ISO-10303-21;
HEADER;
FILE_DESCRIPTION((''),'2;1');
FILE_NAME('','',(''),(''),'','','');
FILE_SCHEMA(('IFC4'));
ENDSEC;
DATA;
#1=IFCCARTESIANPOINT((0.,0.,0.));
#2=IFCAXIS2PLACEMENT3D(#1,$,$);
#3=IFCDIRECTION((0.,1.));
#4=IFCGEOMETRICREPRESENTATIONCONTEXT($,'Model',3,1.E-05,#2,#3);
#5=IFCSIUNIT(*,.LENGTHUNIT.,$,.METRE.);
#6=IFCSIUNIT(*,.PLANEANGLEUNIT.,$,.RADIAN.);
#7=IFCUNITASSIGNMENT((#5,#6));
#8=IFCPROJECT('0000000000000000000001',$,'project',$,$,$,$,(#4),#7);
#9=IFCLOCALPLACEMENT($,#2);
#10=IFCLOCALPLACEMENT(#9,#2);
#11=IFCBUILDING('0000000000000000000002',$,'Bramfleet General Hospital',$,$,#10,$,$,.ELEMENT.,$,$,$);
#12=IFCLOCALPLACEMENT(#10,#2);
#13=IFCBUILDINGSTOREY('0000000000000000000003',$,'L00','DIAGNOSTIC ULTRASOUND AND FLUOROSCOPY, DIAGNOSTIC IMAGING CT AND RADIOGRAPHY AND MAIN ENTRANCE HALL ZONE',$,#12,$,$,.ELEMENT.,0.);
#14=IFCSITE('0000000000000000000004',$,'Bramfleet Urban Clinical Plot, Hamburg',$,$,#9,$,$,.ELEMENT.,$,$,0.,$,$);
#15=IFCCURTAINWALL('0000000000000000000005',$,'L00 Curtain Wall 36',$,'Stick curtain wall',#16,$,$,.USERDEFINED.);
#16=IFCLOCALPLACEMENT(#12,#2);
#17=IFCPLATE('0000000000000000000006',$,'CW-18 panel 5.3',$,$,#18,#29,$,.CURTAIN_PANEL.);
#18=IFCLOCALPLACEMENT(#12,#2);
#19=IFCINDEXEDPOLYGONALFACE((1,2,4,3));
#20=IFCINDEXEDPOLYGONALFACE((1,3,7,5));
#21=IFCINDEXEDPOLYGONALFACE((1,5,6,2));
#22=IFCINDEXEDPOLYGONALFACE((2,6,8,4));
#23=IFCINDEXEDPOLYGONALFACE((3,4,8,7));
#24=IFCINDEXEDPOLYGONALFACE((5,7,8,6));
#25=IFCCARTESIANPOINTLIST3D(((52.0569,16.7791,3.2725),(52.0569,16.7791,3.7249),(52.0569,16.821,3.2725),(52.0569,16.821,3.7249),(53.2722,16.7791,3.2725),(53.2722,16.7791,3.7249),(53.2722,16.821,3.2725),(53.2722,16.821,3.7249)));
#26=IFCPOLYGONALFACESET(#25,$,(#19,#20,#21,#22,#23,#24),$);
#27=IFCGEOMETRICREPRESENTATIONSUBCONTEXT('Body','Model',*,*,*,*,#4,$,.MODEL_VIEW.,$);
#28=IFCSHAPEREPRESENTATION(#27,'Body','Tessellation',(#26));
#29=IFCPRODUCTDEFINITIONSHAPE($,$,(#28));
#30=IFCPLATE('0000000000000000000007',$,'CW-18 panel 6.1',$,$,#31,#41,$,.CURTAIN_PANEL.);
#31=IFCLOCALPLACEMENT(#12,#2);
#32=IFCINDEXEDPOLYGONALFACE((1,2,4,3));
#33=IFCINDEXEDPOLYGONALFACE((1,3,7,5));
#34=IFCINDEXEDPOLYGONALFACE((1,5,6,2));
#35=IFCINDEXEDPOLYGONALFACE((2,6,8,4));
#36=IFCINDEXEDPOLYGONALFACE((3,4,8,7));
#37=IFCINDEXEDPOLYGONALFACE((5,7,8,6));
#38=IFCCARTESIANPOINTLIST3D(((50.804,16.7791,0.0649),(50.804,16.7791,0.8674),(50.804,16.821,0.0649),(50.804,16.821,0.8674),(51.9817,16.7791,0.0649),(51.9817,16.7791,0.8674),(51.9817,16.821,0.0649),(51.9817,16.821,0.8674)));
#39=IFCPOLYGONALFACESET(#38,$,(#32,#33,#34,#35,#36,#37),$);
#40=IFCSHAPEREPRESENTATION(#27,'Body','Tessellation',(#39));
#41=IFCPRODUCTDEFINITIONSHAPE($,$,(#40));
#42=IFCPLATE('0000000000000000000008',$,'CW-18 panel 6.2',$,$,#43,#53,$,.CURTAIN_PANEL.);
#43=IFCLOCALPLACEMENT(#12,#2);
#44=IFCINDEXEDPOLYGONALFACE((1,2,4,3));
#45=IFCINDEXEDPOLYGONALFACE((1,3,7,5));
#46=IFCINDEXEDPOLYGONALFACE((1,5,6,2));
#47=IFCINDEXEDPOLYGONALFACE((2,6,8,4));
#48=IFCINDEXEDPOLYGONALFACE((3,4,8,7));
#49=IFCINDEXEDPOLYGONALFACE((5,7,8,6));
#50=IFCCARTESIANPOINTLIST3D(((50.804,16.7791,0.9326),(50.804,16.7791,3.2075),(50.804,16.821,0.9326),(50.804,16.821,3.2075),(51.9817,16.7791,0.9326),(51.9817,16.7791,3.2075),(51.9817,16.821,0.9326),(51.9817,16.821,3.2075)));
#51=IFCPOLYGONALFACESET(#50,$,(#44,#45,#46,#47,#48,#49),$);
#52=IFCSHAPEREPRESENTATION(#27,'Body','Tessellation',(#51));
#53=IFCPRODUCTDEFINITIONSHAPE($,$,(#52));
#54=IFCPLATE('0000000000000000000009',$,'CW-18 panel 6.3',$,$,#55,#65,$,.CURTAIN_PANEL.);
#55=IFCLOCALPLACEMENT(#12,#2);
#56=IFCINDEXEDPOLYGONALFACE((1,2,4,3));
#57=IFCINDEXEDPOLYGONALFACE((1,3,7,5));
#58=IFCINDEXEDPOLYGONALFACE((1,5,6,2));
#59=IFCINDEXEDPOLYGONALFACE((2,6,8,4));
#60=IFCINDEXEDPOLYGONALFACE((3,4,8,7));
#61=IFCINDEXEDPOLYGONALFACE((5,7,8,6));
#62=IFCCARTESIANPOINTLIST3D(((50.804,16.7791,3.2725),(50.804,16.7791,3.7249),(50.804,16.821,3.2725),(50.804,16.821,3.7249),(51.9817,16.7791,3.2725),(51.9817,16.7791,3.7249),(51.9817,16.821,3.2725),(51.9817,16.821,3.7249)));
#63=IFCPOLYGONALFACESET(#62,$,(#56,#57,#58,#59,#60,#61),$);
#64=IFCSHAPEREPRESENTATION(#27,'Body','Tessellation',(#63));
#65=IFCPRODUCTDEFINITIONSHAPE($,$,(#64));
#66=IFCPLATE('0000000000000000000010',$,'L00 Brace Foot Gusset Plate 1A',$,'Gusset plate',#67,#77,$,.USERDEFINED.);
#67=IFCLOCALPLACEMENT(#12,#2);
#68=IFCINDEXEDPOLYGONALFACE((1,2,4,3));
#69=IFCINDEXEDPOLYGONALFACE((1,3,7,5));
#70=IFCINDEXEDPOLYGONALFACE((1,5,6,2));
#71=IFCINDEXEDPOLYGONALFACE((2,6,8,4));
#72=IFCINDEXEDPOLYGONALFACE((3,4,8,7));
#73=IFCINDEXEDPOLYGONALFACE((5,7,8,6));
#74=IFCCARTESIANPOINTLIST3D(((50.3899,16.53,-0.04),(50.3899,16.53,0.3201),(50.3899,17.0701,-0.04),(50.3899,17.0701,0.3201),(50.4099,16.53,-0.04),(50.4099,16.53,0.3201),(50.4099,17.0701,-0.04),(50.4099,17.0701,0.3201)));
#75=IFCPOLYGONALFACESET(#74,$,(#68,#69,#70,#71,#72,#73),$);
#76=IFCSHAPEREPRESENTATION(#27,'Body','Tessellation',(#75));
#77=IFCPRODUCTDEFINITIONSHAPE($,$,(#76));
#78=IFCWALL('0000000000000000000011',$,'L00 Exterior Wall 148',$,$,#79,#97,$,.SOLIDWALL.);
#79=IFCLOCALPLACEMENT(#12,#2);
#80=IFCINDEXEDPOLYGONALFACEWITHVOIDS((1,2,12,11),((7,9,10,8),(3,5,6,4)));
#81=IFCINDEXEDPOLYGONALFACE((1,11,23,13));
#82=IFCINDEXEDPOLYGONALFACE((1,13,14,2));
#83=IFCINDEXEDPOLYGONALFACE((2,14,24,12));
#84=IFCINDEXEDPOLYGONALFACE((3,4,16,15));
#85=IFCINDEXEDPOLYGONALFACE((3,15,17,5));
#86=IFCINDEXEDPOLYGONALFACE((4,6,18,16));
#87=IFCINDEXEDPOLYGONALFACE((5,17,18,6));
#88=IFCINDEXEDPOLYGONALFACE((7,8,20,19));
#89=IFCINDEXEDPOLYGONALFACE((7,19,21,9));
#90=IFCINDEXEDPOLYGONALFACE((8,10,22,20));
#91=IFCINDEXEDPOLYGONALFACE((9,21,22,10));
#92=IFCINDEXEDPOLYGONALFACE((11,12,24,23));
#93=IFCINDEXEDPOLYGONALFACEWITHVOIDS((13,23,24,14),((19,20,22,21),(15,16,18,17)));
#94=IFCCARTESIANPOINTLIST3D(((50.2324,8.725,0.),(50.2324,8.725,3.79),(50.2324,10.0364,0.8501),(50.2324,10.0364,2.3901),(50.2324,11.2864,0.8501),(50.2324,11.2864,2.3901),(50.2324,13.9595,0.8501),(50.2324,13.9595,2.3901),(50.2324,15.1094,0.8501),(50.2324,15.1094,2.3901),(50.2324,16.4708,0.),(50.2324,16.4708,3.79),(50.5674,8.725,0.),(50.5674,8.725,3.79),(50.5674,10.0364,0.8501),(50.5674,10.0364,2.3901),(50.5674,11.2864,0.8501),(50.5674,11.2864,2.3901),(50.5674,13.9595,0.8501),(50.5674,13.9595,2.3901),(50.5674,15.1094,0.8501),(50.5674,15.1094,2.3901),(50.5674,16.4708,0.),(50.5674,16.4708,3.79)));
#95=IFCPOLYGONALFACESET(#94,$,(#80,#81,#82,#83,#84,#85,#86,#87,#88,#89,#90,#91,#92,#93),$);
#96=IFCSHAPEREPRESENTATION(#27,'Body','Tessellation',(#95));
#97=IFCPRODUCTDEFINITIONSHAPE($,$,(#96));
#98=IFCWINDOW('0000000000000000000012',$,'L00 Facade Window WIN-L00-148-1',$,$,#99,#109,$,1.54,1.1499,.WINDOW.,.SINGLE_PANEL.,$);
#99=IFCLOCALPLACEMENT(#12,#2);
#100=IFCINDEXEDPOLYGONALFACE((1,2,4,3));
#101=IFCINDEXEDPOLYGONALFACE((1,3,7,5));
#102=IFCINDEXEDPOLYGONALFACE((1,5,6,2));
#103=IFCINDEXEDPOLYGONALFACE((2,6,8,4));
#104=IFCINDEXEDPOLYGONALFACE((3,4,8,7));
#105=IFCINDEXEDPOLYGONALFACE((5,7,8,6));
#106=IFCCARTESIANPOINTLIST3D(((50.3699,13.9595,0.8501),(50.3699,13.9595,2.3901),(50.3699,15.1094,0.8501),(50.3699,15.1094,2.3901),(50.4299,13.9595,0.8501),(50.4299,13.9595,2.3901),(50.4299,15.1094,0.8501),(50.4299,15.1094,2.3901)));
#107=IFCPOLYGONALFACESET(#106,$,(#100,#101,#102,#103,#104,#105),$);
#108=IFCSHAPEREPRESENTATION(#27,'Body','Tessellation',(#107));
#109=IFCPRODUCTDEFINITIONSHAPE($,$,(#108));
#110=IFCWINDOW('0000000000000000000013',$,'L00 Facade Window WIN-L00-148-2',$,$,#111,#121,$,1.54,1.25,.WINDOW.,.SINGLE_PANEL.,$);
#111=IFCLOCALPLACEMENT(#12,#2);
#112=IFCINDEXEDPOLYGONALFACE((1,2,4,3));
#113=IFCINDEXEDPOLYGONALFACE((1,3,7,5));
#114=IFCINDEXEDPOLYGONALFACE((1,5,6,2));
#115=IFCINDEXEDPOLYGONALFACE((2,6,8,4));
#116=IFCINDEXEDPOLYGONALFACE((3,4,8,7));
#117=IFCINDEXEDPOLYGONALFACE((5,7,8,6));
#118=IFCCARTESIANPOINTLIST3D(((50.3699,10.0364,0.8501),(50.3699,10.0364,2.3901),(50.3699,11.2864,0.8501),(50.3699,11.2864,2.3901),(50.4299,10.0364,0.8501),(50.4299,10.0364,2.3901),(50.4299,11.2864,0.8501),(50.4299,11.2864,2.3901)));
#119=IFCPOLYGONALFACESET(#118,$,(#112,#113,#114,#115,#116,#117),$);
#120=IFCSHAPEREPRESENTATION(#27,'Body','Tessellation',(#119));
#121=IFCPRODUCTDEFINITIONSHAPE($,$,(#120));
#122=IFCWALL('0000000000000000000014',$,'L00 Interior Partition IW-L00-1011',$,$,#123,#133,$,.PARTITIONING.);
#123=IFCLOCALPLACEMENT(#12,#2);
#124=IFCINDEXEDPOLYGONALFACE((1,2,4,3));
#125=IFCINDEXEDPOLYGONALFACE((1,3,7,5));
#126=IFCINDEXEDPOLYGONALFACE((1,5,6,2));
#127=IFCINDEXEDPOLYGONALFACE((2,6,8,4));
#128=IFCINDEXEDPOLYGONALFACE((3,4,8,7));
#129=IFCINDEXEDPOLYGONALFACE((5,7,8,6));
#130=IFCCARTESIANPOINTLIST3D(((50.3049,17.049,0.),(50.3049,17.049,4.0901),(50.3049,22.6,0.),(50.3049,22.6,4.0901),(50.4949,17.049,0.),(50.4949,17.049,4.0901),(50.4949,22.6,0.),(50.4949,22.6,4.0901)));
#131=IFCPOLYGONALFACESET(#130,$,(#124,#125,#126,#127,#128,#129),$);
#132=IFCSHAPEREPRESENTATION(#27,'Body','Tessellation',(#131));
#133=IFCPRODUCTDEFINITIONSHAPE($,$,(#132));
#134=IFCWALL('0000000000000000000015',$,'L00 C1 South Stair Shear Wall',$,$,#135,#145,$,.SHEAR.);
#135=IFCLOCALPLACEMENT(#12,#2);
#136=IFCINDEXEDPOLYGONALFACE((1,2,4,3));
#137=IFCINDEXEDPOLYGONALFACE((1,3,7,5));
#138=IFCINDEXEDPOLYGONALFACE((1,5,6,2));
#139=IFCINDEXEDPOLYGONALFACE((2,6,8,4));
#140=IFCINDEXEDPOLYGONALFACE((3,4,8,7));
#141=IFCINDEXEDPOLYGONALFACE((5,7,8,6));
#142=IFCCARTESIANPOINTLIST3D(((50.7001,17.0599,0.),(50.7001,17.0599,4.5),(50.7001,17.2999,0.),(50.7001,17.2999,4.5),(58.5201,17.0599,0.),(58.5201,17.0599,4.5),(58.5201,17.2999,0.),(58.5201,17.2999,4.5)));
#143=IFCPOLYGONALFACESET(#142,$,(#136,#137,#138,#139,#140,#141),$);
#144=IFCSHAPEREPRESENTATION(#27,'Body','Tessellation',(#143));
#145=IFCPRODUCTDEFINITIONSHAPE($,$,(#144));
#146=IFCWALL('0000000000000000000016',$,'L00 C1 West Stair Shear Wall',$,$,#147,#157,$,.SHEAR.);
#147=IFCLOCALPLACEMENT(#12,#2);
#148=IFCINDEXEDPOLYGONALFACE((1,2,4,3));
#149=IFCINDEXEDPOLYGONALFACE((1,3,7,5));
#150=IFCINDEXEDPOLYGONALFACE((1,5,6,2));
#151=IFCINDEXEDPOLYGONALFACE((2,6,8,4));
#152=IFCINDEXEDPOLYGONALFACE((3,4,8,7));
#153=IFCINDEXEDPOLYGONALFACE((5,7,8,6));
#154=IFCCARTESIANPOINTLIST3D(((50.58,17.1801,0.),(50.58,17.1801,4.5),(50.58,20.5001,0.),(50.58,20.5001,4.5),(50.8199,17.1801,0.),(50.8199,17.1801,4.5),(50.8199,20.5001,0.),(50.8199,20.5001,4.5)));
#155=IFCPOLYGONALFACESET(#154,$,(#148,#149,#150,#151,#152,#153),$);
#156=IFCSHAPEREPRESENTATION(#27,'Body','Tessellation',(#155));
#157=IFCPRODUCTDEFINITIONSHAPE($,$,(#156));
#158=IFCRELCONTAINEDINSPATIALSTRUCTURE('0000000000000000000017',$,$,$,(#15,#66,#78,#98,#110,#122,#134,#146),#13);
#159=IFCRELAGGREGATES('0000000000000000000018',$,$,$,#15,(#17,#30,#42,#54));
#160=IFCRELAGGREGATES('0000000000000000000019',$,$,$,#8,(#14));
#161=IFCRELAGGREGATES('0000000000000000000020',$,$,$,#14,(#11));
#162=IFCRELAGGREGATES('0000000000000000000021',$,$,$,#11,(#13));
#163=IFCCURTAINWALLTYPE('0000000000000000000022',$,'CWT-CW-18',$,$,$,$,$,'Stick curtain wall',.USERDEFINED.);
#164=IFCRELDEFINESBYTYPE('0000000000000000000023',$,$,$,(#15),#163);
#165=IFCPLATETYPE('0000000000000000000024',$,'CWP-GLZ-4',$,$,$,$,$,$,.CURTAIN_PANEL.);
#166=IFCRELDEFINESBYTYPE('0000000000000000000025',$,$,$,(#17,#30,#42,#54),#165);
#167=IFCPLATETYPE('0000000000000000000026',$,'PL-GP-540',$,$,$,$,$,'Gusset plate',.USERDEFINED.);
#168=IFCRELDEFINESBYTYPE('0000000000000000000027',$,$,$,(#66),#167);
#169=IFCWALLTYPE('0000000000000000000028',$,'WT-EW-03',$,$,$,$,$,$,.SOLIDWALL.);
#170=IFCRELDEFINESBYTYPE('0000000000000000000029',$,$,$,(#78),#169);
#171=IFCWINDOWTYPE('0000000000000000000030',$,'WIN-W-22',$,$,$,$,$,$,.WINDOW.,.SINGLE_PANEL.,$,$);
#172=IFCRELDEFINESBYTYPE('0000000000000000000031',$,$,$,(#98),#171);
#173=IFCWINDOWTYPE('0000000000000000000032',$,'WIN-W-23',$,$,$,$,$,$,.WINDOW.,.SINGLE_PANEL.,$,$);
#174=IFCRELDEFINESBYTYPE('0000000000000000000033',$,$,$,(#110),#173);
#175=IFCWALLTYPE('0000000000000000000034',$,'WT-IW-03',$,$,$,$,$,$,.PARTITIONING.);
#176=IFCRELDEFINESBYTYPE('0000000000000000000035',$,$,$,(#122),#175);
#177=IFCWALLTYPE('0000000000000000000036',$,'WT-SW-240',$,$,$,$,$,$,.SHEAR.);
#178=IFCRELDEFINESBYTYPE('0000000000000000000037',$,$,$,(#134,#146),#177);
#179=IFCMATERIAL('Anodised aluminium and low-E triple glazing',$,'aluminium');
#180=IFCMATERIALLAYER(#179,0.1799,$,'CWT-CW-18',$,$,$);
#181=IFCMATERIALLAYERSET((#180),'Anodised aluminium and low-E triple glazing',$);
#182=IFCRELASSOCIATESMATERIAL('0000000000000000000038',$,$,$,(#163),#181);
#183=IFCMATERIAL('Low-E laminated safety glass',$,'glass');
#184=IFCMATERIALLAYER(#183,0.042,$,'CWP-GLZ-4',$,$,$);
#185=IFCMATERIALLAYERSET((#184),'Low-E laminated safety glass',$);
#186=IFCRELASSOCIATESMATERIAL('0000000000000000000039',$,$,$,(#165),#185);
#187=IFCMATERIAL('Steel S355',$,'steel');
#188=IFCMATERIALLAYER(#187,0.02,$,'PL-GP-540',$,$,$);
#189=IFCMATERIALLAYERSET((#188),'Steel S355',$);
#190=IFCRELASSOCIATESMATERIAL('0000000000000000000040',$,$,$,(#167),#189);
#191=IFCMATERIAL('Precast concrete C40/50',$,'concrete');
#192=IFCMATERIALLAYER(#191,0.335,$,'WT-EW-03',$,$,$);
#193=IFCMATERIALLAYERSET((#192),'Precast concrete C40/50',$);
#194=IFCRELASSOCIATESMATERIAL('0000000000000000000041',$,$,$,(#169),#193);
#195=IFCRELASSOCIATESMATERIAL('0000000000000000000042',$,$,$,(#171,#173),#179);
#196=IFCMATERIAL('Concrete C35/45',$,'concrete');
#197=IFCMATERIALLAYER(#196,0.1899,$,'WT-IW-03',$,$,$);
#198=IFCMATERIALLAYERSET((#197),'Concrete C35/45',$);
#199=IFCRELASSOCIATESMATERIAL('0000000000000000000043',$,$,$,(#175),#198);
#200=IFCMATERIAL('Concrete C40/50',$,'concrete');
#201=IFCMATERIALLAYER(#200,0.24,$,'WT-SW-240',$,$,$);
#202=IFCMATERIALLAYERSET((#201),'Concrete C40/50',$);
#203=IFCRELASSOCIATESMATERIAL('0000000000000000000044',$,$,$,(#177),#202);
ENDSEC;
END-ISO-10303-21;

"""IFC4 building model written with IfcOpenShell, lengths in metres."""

from ifc_helpers import new_model, si_unit, direction, frame, frame_2d, origin, origin_2d, place, context, subcontext, project, spatial, rectangle, extrude, material, layer, layer_set, type_object, element, fill, aggregate, save


model = new_model("IFC4")

# Units and contexts
model_context = context("Model", 3, precision=1e-05, world=origin(), true_north=direction((0.0, 1.0)))
body_context = subcontext(model_context, "Body", "Model", "MODEL_VIEW")
ifc_project = project(units=[si_unit("LENGTHUNIT", "METRE"), si_unit("PLANEANGLEUNIT", "RADIAN")], contexts=[model_context])

# Site, building, storey
site_placement = place(None, origin())
site = spatial("IfcSite", under=ifc_project, at=site_placement, Name="Bramfleet Urban Clinical Plot, Hamburg", CompositionType="ELEMENT", RefElevation=0.0)
building_placement = place(site_placement, origin())
building = spatial("IfcBuilding", under=site, at=building_placement, Name="Bramfleet General Hospital", CompositionType="ELEMENT")
storey_placement = place(building_placement, origin())
storey = spatial("IfcBuildingStorey", under=building, at=storey_placement, Name="L00", Description="DIAGNOSTIC ULTRASOUND AND FLUOROSCOPY, DIAGNOSTIC IMAGING CT AND RADIOGRAPHY AND MAIN ENTRANCE HALL ZONE", CompositionType="ELEMENT", Elevation=0.0)

# Shared definitions
ifc_material_1 = material(Name="Steel S355", Category="steel")
ifc_material_2 = material(Name="Concrete C40/50", Category="concrete")

# Shared definitions
ifc_material_3 = material(Name="Concrete C35/45", Category="concrete")

# Curtain wall
ifc_material_4 = material(Name="Anodised aluminium and low-E triple glazing", Category="aluminium")
ifc_layer_1 = layer(ifc_material_4, 0.1799, Name="CWT-CW-18")
ifc_layer_set_1 = layer_set([ifc_layer_1], Name="Anodised aluminium and low-E triple glazing")
curtain_wall_type_1 = type_object("IfcCurtainWallType", Name="CWT-CW-18", ElementType="Stick curtain wall", PredefinedType="USERDEFINED", material=ifc_layer_set_1)
curtain_wall_1_placement = place(storey_placement, origin())
curtain_wall_1 = element("IfcCurtainWall", 1, at=curtain_wall_1_placement, inside=storey, type_object=curtain_wall_type_1, Name="L00 Curtain Wall 36", ObjectType="Stick curtain wall", PredefinedType="USERDEFINED")

# Plates
ifc_material_5 = material(Name="Low-E laminated safety glass", Category="glass")
ifc_layer_2 = layer(ifc_material_5, 0.042, Name="CWP-GLZ-4")
ifc_layer_set_2 = layer_set([ifc_layer_2], Name="Low-E laminated safety glass")
plate_type_1 = type_object("IfcPlateType", Name="CWP-GLZ-4", PredefinedType="CURTAIN_PANEL", material=ifc_layer_set_2)
plate_1_placement = place(storey_placement, frame((52.6646, 16.8, 3.2725), z_axis=(0.0, 0.0, 1.0), x_axis=(-1.0, 0.0, 0.0)))
plate_1 = element("IfcPlate", 2, at=plate_1_placement, type_object=plate_type_1, Name="CW-18 panel 5.3", PredefinedType="CURTAIN_PANEL", context=body_context, shape_type="SweptSolid", body=[
    extrude(rectangle(XDim=1.2153, YDim=0.042, at=origin_2d()), origin(), (0.0, 0.0, 1.0), 0.4524),
])
plate_2_placement = place(storey_placement, frame((51.3928, 16.8, 0.0649), z_axis=(0.0, 0.0, 1.0), x_axis=(-1.0, 0.0, 0.0)))
plate_2 = element("IfcPlate", 3, at=plate_2_placement, type_object=plate_type_1, Name="CW-18 panel 6.1", PredefinedType="CURTAIN_PANEL", context=body_context, shape_type="SweptSolid", body=[
    extrude(rectangle(XDim=1.1777, YDim=0.042, at=origin_2d()), origin(), (0.0, 0.0, 1.0), 0.8025),
])
plate_3_placement = place(storey_placement, frame((51.3928, 16.8, 0.9326), z_axis=(0.0, 0.0, 1.0), x_axis=(-1.0, 0.0, 0.0)))
plate_3 = element("IfcPlate", 4, at=plate_3_placement, type_object=plate_type_1, Name="CW-18 panel 6.2", PredefinedType="CURTAIN_PANEL", context=body_context, shape_type="SweptSolid", body=[
    extrude(rectangle(XDim=1.1777, YDim=0.042, at=origin_2d()), origin(), (0.0, 0.0, 1.0), 2.2749),
])
plate_4_placement = place(storey_placement, frame((51.3928, 16.8, 3.2725), z_axis=(0.0, 0.0, 1.0), x_axis=(-1.0, 0.0, 0.0)))
plate_4 = element("IfcPlate", 5, at=plate_4_placement, type_object=plate_type_1, Name="CW-18 panel 6.3", PredefinedType="CURTAIN_PANEL", context=body_context, shape_type="SweptSolid", body=[
    extrude(rectangle(XDim=1.1777, YDim=0.042, at=origin_2d()), origin(), (0.0, 0.0, 1.0), 0.4524),
])
aggregate(curtain_wall_1, [plate_1, plate_2, plate_3, plate_4])
ifc_layer_3 = layer(ifc_material_1, 0.02, Name="PL-GP-540")
ifc_layer_set_3 = layer_set([ifc_layer_3], Name="Steel S355")
plate_type_2 = type_object("IfcPlateType", Name="PL-GP-540", ElementType="Gusset plate", PredefinedType="USERDEFINED", material=ifc_layer_set_3)
plate_5_placement = place(storey_placement, frame((50.3999, 16.8, -0.04), z_axis=(0.0, 0.0, 1.0), x_axis=(1.0, 0.0, 0.0)))
element("IfcPlate", 6, at=plate_5_placement, inside=storey, type_object=plate_type_2, Name="L00 Brace Foot Gusset Plate 1A", ObjectType="Gusset plate", PredefinedType="USERDEFINED", context=body_context, shape_type="SweptSolid", body=[
    extrude(rectangle(XDim=0.02, YDim=0.54, at=origin_2d()), origin(), (0.0, 0.0, 1.0), 0.3601),
])

# Wall, openings, windows
ifc_material_6 = material(Name="Precast concrete C40/50", Category="concrete")
ifc_layer_4 = layer(ifc_material_6, 0.335, Name="WT-EW-03")
ifc_layer_set_4 = layer_set([ifc_layer_4], Name="Precast concrete C40/50")
wall_type_1 = type_object("IfcWallType", Name="WT-EW-03", PredefinedType="SOLIDWALL", material=ifc_layer_set_4)
wall_1_placement = place(storey_placement, frame((50.3999, 16.4709, 0.0), z_axis=(0.0, 0.0, 1.0), x_axis=(0.0, -1.0, 0.0)))
wall_1 = element("IfcWall", 7, at=wall_1_placement, inside=storey, type_object=wall_type_1, Name="L00 Exterior Wall 148", PredefinedType="SOLIDWALL", context=body_context, shape_type="SweptSolid", body=[
    extrude(rectangle(XDim=7.7458, YDim=0.335, at=frame_2d((3.873, 0.0))), origin(), (0.0, 0.0, 1.0), 3.79),
])
opening_1_placement = place(wall_1_placement, frame((1.3616, 0.0, 0.8501)))
opening_1 = element("IfcOpeningElement", 8, at=opening_1_placement, cuts=wall_1, PredefinedType="OPENING", context=body_context, shape_type="SweptSolid", body=[
    extrude(rectangle(XDim=1.1499, YDim=1.54, at=frame_2d((0.575, 0.77))), frame((0.0, 0.1775, 0.0), z_axis=(0.0, -1.0, 0.0), x_axis=(1.0, 0.0, 0.0)), (0.0, 0.0, 1.0), 0.355),
])
opening_2_placement = place(wall_1_placement, frame((5.1846, 0.0, 0.8501)))
opening_2 = element("IfcOpeningElement", 9, at=opening_2_placement, cuts=wall_1, PredefinedType="OPENING", context=body_context, shape_type="SweptSolid", body=[
    extrude(rectangle(XDim=1.25, YDim=1.54, at=frame_2d((0.625, 0.77))), frame((0.0, 0.1775, 0.0), z_axis=(0.0, -1.0, 0.0), x_axis=(1.0, 0.0, 0.0)), (0.0, 0.0, 1.0), 0.355),
])
window_type_1 = type_object("IfcWindowType", Name="WIN-W-22", PartitioningType="SINGLE_PANEL", PredefinedType="WINDOW", material=ifc_material_4)
window_1_placement = place(opening_1_placement, origin())
window_1 = element("IfcWindow", 10, at=window_1_placement, inside=storey, type_object=window_type_1, Name="L00 Facade Window WIN-L00-148-1", OverallHeight=1.54, OverallWidth=1.1499, PartitioningType="SINGLE_PANEL", PredefinedType="WINDOW", context=body_context, shape_type="SweptSolid", body=[
    extrude(rectangle(XDim=1.1499, YDim=1.54, at=frame_2d((0.575, 0.77))), frame((0.0, 0.03, 0.0), z_axis=(0.0, -1.0, 0.0), x_axis=(1.0, 0.0, 0.0)), (0.0, 0.0, 1.0), 0.0601),
])
fill(opening_1, window_1)
window_type_2 = type_object("IfcWindowType", Name="WIN-W-23", PartitioningType="SINGLE_PANEL", PredefinedType="WINDOW", material=ifc_material_4)
window_2_placement = place(opening_2_placement, origin())
window_2 = element("IfcWindow", 11, at=window_2_placement, inside=storey, type_object=window_type_2, Name="L00 Facade Window WIN-L00-148-2", OverallHeight=1.54, OverallWidth=1.25, PartitioningType="SINGLE_PANEL", PredefinedType="WINDOW", context=body_context, shape_type="SweptSolid", body=[
    extrude(rectangle(XDim=1.25, YDim=1.54, at=frame_2d((0.625, 0.77))), frame((0.0, 0.03, 0.0), z_axis=(0.0, -1.0, 0.0), x_axis=(1.0, 0.0, 0.0)), (0.0, 0.0, 1.0), 0.0601),
])
fill(opening_2, window_2)

# Walls
ifc_layer_5 = layer(ifc_material_3, 0.1899, Name="WT-IW-03")
ifc_layer_set_5 = layer_set([ifc_layer_5], Name="Concrete C35/45")
wall_type_2 = type_object("IfcWallType", Name="WT-IW-03", PredefinedType="PARTITIONING", material=ifc_layer_set_5)
wall_2_placement = place(storey_placement, frame((50.3999, 17.0491, 0.0), z_axis=(0.0, 0.0, 1.0), x_axis=(0.0, 1.0, 0.0)))
element("IfcWall", 12, at=wall_2_placement, inside=storey, type_object=wall_type_2, Name="L00 Interior Partition IW-L00-1011", PredefinedType="PARTITIONING", context=body_context, shape_type="SweptSolid", body=[
    extrude(rectangle(XDim=5.551, YDim=0.1899, at=frame_2d((2.7754, 0.0))), origin(), (0.0, 0.0, 1.0), 4.0901),
])
ifc_layer_6 = layer(ifc_material_2, 0.24, Name="WT-SW-240")
ifc_layer_set_6 = layer_set([ifc_layer_6], Name="Concrete C40/50")
wall_type_3 = type_object("IfcWallType", Name="WT-SW-240", PredefinedType="SHEAR", material=ifc_layer_set_6)
wall_3_placement = place(storey_placement, frame((50.7, 17.1799, 0.0), z_axis=(0.0, 0.0, 1.0), x_axis=(1.0, 0.0, 0.0)))
element("IfcWall", 13, at=wall_3_placement, inside=storey, type_object=wall_type_3, Name="L00 C1 South Stair Shear Wall", PredefinedType="SHEAR", context=body_context, shape_type="SweptSolid", body=[
    extrude(rectangle(XDim=7.8201, YDim=0.24, at=frame_2d((3.9102, 0.0))), origin(), (0.0, 0.0, 1.0), 4.5),
])
wall_4_placement = place(storey_placement, frame((50.7, 17.1799, 0.0), z_axis=(0.0, 0.0, 1.0), x_axis=(0.0, 1.0, 0.0)))
element("IfcWall", 14, at=wall_4_placement, inside=storey, type_object=wall_type_3, Name="L00 C1 West Stair Shear Wall", PredefinedType="SHEAR", context=body_context, shape_type="SweptSolid", body=[
    extrude(rectangle(XDim=3.3201, YDim=0.24, at=frame_2d((1.6602, 0.0))), origin(), (0.0, 0.0, 1.0), 4.5),
])

save(model, "model.ifc")
